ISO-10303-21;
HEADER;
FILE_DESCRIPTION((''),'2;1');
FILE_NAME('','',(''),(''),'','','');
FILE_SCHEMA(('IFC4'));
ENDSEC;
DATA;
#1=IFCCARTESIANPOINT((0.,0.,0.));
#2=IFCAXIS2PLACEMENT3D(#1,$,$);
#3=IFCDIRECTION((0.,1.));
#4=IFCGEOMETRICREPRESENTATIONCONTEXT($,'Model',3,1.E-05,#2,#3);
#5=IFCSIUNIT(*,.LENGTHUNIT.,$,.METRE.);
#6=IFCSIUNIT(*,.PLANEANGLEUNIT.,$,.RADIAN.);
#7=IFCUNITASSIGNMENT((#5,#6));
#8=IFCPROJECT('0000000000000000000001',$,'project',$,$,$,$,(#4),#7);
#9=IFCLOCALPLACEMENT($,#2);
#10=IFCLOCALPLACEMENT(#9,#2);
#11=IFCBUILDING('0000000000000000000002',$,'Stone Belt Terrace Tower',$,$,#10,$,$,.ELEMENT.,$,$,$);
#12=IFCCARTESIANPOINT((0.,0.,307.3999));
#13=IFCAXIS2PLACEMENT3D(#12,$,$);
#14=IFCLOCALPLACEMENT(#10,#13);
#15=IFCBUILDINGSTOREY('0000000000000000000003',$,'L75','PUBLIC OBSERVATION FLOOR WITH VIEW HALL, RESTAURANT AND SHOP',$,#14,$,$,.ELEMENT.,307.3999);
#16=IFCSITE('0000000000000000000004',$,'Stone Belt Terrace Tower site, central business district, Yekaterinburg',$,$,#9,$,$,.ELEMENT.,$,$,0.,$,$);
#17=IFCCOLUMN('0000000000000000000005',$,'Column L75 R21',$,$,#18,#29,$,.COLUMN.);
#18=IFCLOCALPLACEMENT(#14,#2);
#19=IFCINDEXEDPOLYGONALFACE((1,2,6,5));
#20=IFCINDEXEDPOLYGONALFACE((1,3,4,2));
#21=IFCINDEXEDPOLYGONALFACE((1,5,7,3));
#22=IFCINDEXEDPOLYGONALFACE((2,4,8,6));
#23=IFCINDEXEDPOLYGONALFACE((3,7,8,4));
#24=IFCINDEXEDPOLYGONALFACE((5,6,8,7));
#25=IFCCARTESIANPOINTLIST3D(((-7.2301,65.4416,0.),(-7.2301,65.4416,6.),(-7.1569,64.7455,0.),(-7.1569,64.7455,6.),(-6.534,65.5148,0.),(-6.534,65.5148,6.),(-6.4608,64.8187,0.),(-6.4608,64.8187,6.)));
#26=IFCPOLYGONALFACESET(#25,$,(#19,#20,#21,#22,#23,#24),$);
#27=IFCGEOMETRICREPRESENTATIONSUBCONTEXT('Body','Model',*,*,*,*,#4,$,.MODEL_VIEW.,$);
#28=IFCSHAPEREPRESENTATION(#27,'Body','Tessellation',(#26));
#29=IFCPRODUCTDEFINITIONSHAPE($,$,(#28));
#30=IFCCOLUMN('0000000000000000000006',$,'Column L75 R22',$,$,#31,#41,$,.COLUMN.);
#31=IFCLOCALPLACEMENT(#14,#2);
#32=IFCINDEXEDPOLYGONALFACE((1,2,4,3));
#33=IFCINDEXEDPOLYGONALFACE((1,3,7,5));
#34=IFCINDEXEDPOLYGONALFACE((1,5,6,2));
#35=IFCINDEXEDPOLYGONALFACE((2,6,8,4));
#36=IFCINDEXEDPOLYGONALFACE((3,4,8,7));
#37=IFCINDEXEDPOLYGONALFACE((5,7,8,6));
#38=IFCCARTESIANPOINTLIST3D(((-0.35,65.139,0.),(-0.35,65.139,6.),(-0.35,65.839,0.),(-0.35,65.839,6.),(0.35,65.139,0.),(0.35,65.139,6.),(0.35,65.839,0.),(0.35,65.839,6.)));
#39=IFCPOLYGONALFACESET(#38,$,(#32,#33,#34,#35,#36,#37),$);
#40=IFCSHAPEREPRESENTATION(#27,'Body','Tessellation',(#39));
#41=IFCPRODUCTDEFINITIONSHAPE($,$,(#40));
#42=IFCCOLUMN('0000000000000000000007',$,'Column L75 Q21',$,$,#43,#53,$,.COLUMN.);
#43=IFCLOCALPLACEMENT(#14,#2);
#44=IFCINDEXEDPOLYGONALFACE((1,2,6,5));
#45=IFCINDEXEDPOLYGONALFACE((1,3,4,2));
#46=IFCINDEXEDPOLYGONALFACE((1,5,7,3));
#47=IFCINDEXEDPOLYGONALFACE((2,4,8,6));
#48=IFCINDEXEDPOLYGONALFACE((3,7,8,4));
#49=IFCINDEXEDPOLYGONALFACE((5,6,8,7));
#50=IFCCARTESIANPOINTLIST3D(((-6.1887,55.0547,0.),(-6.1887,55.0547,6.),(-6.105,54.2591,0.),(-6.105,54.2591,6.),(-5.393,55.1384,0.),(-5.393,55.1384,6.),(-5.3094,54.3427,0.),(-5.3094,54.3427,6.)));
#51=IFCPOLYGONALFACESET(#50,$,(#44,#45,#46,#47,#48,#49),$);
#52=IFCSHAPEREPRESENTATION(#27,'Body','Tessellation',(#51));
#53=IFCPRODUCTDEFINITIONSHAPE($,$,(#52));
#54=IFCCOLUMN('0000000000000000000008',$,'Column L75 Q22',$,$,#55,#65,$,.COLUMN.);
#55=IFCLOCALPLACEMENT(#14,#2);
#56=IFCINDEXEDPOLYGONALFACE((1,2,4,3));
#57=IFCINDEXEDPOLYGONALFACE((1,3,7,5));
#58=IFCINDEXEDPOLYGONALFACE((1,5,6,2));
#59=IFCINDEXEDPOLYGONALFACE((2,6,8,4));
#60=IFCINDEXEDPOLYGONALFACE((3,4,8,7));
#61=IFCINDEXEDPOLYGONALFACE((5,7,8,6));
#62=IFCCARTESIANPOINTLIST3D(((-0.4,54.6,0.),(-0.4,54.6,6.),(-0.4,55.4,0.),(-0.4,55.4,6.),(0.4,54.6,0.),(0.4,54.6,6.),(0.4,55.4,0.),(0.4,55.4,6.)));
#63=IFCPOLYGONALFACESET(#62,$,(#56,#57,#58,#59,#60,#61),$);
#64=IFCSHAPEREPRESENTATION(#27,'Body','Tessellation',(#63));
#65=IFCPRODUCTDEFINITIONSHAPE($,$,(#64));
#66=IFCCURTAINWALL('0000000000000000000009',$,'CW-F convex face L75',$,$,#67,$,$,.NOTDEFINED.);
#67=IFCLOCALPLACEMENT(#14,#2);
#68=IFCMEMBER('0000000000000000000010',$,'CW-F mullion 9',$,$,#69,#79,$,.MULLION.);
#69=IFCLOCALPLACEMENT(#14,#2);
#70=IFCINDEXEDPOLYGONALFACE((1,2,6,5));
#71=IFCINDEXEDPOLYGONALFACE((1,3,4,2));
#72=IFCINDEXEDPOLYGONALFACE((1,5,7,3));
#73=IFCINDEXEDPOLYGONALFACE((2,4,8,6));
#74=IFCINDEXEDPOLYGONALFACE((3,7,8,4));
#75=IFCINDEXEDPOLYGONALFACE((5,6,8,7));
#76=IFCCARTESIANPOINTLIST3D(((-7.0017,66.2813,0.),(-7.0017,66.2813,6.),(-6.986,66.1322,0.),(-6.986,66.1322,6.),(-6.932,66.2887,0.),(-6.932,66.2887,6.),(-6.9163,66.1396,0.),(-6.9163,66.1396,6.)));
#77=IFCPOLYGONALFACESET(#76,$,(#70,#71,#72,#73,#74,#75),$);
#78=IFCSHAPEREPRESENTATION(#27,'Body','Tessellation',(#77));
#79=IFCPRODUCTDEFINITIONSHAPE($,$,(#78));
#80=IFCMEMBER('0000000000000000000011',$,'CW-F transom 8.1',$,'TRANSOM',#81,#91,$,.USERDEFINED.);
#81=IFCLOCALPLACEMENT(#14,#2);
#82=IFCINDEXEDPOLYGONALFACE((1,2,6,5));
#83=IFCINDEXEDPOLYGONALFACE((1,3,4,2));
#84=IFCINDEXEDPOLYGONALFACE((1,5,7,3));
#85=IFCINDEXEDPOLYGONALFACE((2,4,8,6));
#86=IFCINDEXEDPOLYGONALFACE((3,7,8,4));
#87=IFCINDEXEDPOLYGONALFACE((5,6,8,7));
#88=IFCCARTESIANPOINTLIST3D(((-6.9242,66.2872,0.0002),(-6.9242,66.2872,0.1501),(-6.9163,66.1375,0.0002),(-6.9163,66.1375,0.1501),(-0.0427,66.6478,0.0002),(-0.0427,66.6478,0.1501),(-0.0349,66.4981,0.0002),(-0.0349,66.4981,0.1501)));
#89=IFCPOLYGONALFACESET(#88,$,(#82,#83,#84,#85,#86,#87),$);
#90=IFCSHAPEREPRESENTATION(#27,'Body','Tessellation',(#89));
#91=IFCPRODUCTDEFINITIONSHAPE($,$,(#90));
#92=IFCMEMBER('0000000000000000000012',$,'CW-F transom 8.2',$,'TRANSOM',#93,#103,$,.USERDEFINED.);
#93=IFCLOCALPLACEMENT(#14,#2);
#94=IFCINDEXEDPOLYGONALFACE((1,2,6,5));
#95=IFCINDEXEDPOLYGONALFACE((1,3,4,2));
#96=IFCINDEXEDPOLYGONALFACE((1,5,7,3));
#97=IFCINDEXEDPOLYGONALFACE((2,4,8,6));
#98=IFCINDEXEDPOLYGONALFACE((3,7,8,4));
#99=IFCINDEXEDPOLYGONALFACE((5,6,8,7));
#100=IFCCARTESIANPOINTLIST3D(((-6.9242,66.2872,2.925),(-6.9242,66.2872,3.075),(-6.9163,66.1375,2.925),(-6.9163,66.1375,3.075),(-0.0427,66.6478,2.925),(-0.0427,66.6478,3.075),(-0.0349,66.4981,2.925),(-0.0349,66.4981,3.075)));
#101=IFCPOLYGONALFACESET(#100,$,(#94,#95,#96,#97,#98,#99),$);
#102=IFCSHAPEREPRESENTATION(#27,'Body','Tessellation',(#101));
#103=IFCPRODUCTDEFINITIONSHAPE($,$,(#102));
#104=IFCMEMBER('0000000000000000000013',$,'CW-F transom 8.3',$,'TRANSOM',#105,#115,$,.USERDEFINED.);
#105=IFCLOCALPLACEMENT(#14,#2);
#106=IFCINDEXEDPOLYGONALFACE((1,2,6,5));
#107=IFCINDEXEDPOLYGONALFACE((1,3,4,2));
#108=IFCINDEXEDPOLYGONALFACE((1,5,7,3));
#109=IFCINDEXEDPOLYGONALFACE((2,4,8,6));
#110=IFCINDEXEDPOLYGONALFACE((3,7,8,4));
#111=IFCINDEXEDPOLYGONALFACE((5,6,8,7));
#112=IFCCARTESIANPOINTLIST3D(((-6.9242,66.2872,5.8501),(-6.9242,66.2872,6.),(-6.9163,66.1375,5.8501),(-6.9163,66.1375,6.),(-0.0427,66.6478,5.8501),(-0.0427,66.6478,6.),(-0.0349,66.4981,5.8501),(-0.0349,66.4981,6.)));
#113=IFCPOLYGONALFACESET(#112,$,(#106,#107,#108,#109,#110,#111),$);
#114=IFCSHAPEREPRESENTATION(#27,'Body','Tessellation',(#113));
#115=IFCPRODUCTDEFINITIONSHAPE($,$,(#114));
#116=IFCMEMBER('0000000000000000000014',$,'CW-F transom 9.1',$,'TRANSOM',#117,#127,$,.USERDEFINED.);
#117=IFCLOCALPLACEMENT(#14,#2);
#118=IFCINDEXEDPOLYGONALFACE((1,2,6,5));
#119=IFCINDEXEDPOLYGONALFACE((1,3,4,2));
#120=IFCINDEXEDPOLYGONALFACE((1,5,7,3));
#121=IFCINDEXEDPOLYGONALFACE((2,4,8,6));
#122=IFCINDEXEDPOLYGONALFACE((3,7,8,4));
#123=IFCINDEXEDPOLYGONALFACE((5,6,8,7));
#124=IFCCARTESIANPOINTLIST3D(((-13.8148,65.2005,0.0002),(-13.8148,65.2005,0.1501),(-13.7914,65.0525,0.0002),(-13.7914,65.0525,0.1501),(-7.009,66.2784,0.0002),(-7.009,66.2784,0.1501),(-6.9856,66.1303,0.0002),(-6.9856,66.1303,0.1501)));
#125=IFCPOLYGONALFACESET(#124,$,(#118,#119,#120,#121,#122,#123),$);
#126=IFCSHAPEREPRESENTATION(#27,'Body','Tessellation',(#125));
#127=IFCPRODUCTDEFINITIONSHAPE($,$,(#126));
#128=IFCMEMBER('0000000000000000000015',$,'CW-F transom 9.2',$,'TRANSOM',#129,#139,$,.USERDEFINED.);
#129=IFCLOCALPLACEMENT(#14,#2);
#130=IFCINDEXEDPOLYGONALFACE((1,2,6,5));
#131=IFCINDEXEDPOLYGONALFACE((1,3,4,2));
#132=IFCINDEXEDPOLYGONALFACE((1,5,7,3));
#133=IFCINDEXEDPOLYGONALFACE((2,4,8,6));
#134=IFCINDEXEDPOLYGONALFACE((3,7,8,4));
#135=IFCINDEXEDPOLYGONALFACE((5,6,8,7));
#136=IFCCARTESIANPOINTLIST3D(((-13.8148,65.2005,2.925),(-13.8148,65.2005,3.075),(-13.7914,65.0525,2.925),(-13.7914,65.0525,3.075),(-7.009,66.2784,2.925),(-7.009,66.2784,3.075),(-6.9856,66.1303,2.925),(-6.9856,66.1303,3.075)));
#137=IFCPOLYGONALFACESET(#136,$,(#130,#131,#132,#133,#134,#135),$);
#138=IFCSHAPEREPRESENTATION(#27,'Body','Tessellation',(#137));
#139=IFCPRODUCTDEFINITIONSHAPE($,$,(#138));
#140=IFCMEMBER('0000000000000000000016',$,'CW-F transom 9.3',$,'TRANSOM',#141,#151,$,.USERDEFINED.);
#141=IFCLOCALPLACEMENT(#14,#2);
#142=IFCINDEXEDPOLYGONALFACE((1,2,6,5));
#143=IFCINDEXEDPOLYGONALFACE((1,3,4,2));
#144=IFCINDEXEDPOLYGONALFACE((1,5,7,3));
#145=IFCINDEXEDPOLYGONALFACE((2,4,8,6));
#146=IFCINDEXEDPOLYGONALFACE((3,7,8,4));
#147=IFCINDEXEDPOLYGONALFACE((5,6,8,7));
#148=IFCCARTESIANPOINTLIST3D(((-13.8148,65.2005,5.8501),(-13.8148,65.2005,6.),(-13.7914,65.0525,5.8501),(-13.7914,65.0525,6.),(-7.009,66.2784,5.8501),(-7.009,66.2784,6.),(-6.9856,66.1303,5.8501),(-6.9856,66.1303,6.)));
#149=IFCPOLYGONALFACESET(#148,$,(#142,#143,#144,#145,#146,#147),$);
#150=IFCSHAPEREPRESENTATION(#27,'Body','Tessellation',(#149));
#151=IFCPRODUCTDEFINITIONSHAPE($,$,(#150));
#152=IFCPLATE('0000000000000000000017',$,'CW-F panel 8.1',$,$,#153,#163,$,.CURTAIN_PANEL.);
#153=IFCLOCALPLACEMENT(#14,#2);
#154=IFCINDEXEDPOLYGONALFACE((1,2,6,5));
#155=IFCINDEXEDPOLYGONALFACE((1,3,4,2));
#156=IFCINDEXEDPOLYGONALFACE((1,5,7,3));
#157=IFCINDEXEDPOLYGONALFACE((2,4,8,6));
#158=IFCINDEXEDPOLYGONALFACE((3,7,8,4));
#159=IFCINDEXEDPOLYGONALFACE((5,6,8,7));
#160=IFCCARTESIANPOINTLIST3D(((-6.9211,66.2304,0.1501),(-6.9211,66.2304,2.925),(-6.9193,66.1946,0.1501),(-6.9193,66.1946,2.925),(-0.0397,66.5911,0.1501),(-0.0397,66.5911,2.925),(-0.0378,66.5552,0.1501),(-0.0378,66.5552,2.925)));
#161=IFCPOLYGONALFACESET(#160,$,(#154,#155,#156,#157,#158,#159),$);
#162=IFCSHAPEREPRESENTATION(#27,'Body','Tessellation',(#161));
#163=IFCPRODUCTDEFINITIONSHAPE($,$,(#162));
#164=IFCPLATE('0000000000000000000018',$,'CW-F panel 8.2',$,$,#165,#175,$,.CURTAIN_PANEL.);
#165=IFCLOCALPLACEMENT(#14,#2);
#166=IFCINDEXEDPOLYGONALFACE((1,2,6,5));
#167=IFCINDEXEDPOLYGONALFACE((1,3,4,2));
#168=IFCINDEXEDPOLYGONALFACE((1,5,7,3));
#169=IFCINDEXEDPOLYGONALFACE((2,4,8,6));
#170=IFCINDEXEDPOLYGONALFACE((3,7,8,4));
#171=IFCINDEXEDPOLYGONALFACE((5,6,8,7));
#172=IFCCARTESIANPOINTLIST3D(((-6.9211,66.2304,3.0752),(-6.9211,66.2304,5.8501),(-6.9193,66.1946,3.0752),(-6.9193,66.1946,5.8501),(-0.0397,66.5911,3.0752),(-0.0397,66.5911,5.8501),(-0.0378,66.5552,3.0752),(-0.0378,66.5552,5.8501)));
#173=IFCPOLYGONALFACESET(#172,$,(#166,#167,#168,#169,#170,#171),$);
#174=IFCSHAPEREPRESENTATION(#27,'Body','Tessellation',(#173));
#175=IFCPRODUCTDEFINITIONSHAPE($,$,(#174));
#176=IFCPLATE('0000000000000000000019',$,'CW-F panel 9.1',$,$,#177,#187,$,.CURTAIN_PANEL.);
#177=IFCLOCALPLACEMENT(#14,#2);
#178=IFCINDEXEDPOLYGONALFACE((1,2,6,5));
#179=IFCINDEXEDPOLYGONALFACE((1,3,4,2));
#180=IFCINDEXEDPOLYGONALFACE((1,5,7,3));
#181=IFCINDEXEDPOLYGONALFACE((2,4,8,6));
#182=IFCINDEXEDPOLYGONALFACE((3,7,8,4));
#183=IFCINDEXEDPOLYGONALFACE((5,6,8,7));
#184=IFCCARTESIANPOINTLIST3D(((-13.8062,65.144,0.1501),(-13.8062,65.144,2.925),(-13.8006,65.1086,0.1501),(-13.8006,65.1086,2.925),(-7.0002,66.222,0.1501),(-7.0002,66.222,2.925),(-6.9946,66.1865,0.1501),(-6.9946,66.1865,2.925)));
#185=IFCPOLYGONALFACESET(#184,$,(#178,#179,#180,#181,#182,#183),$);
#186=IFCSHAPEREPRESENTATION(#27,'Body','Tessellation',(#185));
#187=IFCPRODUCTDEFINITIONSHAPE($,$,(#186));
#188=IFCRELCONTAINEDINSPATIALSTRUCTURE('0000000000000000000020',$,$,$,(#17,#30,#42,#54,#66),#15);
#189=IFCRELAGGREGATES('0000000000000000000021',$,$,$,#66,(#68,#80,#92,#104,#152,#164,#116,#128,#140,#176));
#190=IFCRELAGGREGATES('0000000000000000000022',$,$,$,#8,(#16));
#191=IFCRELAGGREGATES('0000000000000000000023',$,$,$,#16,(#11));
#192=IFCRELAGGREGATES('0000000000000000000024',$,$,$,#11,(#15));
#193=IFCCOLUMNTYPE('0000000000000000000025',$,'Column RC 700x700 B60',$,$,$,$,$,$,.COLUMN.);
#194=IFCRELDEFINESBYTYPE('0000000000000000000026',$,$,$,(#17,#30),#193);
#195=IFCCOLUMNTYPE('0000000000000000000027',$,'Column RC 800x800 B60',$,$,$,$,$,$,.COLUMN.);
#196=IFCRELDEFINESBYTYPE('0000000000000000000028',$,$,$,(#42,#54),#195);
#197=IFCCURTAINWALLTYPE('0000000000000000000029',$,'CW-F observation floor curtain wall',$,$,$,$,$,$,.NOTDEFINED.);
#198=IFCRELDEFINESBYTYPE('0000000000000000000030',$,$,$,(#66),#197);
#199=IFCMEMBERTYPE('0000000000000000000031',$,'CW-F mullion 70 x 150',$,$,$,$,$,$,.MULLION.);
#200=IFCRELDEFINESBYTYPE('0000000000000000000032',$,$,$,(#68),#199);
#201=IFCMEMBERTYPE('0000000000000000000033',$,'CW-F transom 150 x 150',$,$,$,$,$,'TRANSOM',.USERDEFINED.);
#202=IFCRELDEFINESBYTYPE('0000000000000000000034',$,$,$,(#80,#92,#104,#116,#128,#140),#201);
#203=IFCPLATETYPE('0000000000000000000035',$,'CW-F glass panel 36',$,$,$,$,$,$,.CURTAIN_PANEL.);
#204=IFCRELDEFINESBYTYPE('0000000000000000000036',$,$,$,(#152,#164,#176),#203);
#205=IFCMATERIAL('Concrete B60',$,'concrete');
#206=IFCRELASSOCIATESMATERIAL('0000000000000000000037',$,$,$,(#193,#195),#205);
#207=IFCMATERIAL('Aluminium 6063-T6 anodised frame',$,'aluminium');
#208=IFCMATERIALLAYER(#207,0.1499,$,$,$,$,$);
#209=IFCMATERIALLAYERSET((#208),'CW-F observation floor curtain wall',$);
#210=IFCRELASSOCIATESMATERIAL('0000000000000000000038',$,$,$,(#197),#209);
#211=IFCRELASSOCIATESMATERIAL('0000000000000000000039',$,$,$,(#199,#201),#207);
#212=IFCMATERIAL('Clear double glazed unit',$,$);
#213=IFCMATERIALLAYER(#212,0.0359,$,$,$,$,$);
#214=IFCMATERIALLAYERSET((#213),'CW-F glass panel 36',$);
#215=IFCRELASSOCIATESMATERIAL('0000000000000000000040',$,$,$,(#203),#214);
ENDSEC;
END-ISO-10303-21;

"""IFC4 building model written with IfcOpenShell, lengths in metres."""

from ifc_helpers import new_model, si_unit, direction, frame, origin, origin_2d, place, context, subcontext, project, spatial, rectangle, extrude, material, layer, layer_set, material_profile, profile_set, type_object, element, aggregate, save


model = new_model("IFC4")

# Units and contexts
model_context = context("Model", 3, precision=1e-05, world=origin(), true_north=direction((0.0, 1.0)))
body_context = subcontext(model_context, "Body", "Model", "MODEL_VIEW")
ifc_project = project(units=[si_unit("LENGTHUNIT", "METRE"), si_unit("PLANEANGLEUNIT", "RADIAN")], contexts=[model_context])

# Site, building, storey
site_placement = place(None, origin())
site = spatial("IfcSite", under=ifc_project, at=site_placement, Name="Stone Belt Terrace Tower site, central business district, Yekaterinburg", CompositionType="ELEMENT", RefElevation=0.0)
building_placement = place(site_placement, origin())
building = spatial("IfcBuilding", under=site, at=building_placement, Name="Stone Belt Terrace Tower", CompositionType="ELEMENT")
storey_placement = place(building_placement, frame((0.0, 0.0, 307.3999)))
storey = spatial("IfcBuildingStorey", under=building, at=storey_placement, Name="L75", Description="PUBLIC OBSERVATION FLOOR WITH VIEW HALL, RESTAURANT AND SHOP", CompositionType="ELEMENT", Elevation=307.3999)

# Columns
ifc_material_1 = material(Name="Concrete B60", Category="concrete")
ifc_material_profile_1 = material_profile(ifc_material_1, rectangle(XDim=0.7, YDim=0.7, at=origin_2d()), Name="RC 700x700")
ifc_profile_set_1 = profile_set([ifc_material_profile_1], Name="Concrete B60")
column_type_1 = type_object("IfcColumnType", Name="Column RC 700x700 B60", PredefinedType="COLUMN", material=ifc_profile_set_1)
for number, where, z_axis, x_axis, name in (
    (1, (-6.8455, 65.1301, 0.0), (0.0, 0.0, 1.0), (0.994522, 0.104528, 0.0), "Column L75 R21"),
    (2, (0.0, 65.489, 0.0), (0.0, 0.0, 1.0), (1.0, 0.0, 0.0), "Column L75 R22"),
):
    element("IfcColumn", number, at=place(storey_placement, frame(where, z_axis=z_axis, x_axis=x_axis)), inside=storey, type_object=column_type_1, Name=name, PredefinedType="COLUMN", context=body_context, shape_type="SweptSolid", body=[
        extrude(rectangle(XDim=0.7, YDim=0.7, at=origin_2d()), origin(), (0.0, 0.0, 1.0), 6.0),
    ])
ifc_material_profile_2 = material_profile(ifc_material_1, rectangle(XDim=0.8, YDim=0.8, at=origin_2d()), Name="RC 800x800")
ifc_profile_set_2 = profile_set([ifc_material_profile_2], Name="Concrete B60")
column_type_2 = type_object("IfcColumnType", Name="Column RC 800x800 B60", PredefinedType="COLUMN", material=ifc_profile_set_2)
for number, where, z_axis, x_axis, name in (
    (3, (-5.749, 54.6987, 0.0), (0.0, 0.0, 1.0), (0.994522, 0.104528, 0.0), "Column L75 Q21"),
    (4, (0.0, 55.0, 0.0), (0.0, 0.0, 1.0), (1.0, 0.0, 0.0), "Column L75 Q22"),
):
    element("IfcColumn", number, at=place(storey_placement, frame(where, z_axis=z_axis, x_axis=x_axis)), inside=storey, type_object=column_type_2, Name=name, PredefinedType="COLUMN", context=body_context, shape_type="SweptSolid", body=[
        extrude(rectangle(XDim=0.8, YDim=0.8, at=origin_2d()), origin(), (0.0, 0.0, 1.0), 6.0),
    ])

# Curtain wall, members, plates
ifc_material_2 = material(Name="Aluminium 6063-T6 anodised frame", Category="aluminium")
ifc_layer_1 = layer(ifc_material_2, 0.1499)
ifc_layer_set_1 = layer_set([ifc_layer_1], Name="CW-F observation floor curtain wall")
curtain_wall_type = type_object("IfcCurtainWallType", Name="CW-F observation floor curtain wall", PredefinedType="NOTDEFINED", material=ifc_layer_set_1)
curtain_wall_placement = place(storey_placement, origin())
curtain_wall = element("IfcCurtainWall", 5, at=curtain_wall_placement, inside=storey, type_object=curtain_wall_type, Name="CW-F convex face L75", PredefinedType="NOTDEFINED")
ifc_material_profile_3 = material_profile(ifc_material_2, rectangle(XDim=0.1499, YDim=0.0701, at=origin_2d()), Name="Aluminium 6063-T6 70x150")
ifc_profile_set_3 = profile_set([ifc_material_profile_3], Name="Aluminium 6063-T6 anodised frame")
member_type_1 = type_object("IfcMemberType", Name="CW-F mullion 70 x 150", PredefinedType="MULLION", material=ifc_profile_set_3)
member_1_placement = place(storey_placement, frame((-6.959, 66.2104, 0.0), z_axis=(0.0, 0.0, 1.0), x_axis=(0.104528, -0.994522, 0.0)))
member_1 = element("IfcMember", 6, at=member_1_placement, type_object=member_type_1, Name="CW-F mullion 9", PredefinedType="MULLION", context=body_context, shape_type="SweptSolid", body=[
    extrude(rectangle(XDim=0.1499, YDim=0.0701, at=origin_2d()), origin(), (0.0, 0.0, 1.0), 6.0),
])
ifc_material_profile_4 = material_profile(ifc_material_2, rectangle(XDim=0.1499, YDim=0.1499, at=origin_2d()), Name="Aluminium 6063-T6 150x150")
ifc_profile_set_4 = profile_set([ifc_material_profile_4], Name="Aluminium 6063-T6 anodised frame")
member_type_2 = type_object("IfcMemberType", Name="CW-F transom 150 x 150", ElementType="TRANSOM", PredefinedType="USERDEFINED", material=ifc_profile_set_4)
member_2_placement = place(storey_placement, frame((-0.0388, 66.573, 0.0752), z_axis=(-0.99863, -0.05233, 0.0), x_axis=(0.05233, -0.99863, 0.0)))
member_2 = element("IfcMember", 7, at=member_2_placement, type_object=member_type_2, Name="CW-F transom 8.1", ObjectType="TRANSOM", PredefinedType="USERDEFINED", context=body_context, shape_type="SweptSolid", body=[
    extrude(rectangle(XDim=0.1499, YDim=0.1499, at=origin_2d()), origin(), (0.0, 0.0, 1.0), 6.8909),
])
member_3_placement = place(storey_placement, frame((-0.0388, 66.573, 3.0), z_axis=(-0.99863, -0.05233, 0.0), x_axis=(0.05233, -0.99863, 0.0)))
member_3 = element("IfcMember", 8, at=member_3_placement, type_object=member_type_2, Name="CW-F transom 8.2", ObjectType="TRANSOM", PredefinedType="USERDEFINED", context=body_context, shape_type="SweptSolid", body=[
    extrude(rectangle(XDim=0.1499, YDim=0.1499, at=origin_2d()), origin(), (0.0, 0.0, 1.0), 6.8909),
])
member_4_placement = place(storey_placement, frame((-0.0388, 66.573, 5.925), z_axis=(-0.99863, -0.05233, 0.0), x_axis=(0.05233, -0.99863, 0.0)))
member_4 = element("IfcMember", 9, at=member_4_placement, type_object=member_type_2, Name="CW-F transom 8.3", ObjectType="TRANSOM", PredefinedType="USERDEFINED", context=body_context, shape_type="SweptSolid", body=[
    extrude(rectangle(XDim=0.1499, YDim=0.1499, at=origin_2d()), origin(), (0.0, 0.0, 1.0), 6.8909),
])
member_5_placement = place(storey_placement, frame((-6.9973, 66.2043, 0.0752), z_axis=(-0.98769, -0.156425, 0.0), x_axis=(0.156425, -0.98769, 0.0)))
member_5 = element("IfcMember", 10, at=member_5_placement, type_object=member_type_2, Name="CW-F transom 9.1", ObjectType="TRANSOM", PredefinedType="USERDEFINED", context=body_context, shape_type="SweptSolid", body=[
    extrude(rectangle(XDim=0.1499, YDim=0.1499, at=origin_2d()), origin(), (0.0, 0.0, 1.0), 6.8906),
])
member_6_placement = place(storey_placement, frame((-6.9973, 66.2043, 3.0), z_axis=(-0.98769, -0.156425, 0.0), x_axis=(0.156425, -0.98769, 0.0)))
member_6 = element("IfcMember", 11, at=member_6_placement, type_object=member_type_2, Name="CW-F transom 9.2", ObjectType="TRANSOM", PredefinedType="USERDEFINED", context=body_context, shape_type="SweptSolid", body=[
    extrude(rectangle(XDim=0.1499, YDim=0.1499, at=origin_2d()), origin(), (0.0, 0.0, 1.0), 6.8906),
])
member_7_placement = place(storey_placement, frame((-6.9973, 66.2043, 5.925), z_axis=(-0.98769, -0.156425, 0.0), x_axis=(0.156425, -0.98769, 0.0)))
member_7 = element("IfcMember", 12, at=member_7_placement, type_object=member_type_2, Name="CW-F transom 9.3", ObjectType="TRANSOM", PredefinedType="USERDEFINED", context=body_context, shape_type="SweptSolid", body=[
    extrude(rectangle(XDim=0.1499, YDim=0.1499, at=origin_2d()), origin(), (0.0, 0.0, 1.0), 6.8906),
])
ifc_material_3 = material(Name="Clear double glazed unit")
ifc_layer_2 = layer(ifc_material_3, 0.0359)
ifc_layer_set_2 = layer_set([ifc_layer_2], Name="CW-F glass panel 36")
plate_type = type_object("IfcPlateType", Name="CW-F glass panel 36", PredefinedType="CURTAIN_PANEL", material=ifc_layer_set_2)
plate_1_placement = place(storey_placement, frame((-3.4795, 66.3928, 0.1501), z_axis=(0.0, 0.0, 1.0), x_axis=(-0.99863, -0.052336, 0.0)))
plate_1 = element("IfcPlate", 13, at=plate_1_placement, type_object=plate_type, Name="CW-F panel 8.1", PredefinedType="CURTAIN_PANEL", context=body_context, shape_type="SweptSolid", body=[
    extrude(rectangle(XDim=6.8909, YDim=0.0359, at=origin_2d()), origin(), (0.0, 0.0, 1.0), 2.7749),
])
plate_2_placement = place(storey_placement, frame((-3.4795, 66.3928, 3.0752), z_axis=(0.0, 0.0, 1.0), x_axis=(-0.99863, -0.052336, 0.0)))
plate_2 = element("IfcPlate", 14, at=plate_2_placement, type_object=plate_type, Name="CW-F panel 8.2", PredefinedType="CURTAIN_PANEL", context=body_context, shape_type="SweptSolid", body=[
    extrude(rectangle(XDim=6.8909, YDim=0.0359, at=origin_2d()), origin(), (0.0, 0.0, 1.0), 2.7749),
])
plate_3_placement = place(storey_placement, frame((-10.4004, 65.6653, 0.1501), z_axis=(0.0, 0.0, 1.0), x_axis=(-0.987688, -0.156434, 0.0)))
plate_3 = element("IfcPlate", 15, at=plate_3_placement, type_object=plate_type, Name="CW-F panel 9.1", PredefinedType="CURTAIN_PANEL", context=body_context, shape_type="SweptSolid", body=[
    extrude(rectangle(XDim=6.8909, YDim=0.0359, at=origin_2d()), origin(), (0.0, 0.0, 1.0), 2.7749),
])
aggregate(curtain_wall, [member_1, member_2, member_3, member_4, plate_1, plate_2, member_5, member_6, member_7, plate_3])

save(model, "model.ifc")
